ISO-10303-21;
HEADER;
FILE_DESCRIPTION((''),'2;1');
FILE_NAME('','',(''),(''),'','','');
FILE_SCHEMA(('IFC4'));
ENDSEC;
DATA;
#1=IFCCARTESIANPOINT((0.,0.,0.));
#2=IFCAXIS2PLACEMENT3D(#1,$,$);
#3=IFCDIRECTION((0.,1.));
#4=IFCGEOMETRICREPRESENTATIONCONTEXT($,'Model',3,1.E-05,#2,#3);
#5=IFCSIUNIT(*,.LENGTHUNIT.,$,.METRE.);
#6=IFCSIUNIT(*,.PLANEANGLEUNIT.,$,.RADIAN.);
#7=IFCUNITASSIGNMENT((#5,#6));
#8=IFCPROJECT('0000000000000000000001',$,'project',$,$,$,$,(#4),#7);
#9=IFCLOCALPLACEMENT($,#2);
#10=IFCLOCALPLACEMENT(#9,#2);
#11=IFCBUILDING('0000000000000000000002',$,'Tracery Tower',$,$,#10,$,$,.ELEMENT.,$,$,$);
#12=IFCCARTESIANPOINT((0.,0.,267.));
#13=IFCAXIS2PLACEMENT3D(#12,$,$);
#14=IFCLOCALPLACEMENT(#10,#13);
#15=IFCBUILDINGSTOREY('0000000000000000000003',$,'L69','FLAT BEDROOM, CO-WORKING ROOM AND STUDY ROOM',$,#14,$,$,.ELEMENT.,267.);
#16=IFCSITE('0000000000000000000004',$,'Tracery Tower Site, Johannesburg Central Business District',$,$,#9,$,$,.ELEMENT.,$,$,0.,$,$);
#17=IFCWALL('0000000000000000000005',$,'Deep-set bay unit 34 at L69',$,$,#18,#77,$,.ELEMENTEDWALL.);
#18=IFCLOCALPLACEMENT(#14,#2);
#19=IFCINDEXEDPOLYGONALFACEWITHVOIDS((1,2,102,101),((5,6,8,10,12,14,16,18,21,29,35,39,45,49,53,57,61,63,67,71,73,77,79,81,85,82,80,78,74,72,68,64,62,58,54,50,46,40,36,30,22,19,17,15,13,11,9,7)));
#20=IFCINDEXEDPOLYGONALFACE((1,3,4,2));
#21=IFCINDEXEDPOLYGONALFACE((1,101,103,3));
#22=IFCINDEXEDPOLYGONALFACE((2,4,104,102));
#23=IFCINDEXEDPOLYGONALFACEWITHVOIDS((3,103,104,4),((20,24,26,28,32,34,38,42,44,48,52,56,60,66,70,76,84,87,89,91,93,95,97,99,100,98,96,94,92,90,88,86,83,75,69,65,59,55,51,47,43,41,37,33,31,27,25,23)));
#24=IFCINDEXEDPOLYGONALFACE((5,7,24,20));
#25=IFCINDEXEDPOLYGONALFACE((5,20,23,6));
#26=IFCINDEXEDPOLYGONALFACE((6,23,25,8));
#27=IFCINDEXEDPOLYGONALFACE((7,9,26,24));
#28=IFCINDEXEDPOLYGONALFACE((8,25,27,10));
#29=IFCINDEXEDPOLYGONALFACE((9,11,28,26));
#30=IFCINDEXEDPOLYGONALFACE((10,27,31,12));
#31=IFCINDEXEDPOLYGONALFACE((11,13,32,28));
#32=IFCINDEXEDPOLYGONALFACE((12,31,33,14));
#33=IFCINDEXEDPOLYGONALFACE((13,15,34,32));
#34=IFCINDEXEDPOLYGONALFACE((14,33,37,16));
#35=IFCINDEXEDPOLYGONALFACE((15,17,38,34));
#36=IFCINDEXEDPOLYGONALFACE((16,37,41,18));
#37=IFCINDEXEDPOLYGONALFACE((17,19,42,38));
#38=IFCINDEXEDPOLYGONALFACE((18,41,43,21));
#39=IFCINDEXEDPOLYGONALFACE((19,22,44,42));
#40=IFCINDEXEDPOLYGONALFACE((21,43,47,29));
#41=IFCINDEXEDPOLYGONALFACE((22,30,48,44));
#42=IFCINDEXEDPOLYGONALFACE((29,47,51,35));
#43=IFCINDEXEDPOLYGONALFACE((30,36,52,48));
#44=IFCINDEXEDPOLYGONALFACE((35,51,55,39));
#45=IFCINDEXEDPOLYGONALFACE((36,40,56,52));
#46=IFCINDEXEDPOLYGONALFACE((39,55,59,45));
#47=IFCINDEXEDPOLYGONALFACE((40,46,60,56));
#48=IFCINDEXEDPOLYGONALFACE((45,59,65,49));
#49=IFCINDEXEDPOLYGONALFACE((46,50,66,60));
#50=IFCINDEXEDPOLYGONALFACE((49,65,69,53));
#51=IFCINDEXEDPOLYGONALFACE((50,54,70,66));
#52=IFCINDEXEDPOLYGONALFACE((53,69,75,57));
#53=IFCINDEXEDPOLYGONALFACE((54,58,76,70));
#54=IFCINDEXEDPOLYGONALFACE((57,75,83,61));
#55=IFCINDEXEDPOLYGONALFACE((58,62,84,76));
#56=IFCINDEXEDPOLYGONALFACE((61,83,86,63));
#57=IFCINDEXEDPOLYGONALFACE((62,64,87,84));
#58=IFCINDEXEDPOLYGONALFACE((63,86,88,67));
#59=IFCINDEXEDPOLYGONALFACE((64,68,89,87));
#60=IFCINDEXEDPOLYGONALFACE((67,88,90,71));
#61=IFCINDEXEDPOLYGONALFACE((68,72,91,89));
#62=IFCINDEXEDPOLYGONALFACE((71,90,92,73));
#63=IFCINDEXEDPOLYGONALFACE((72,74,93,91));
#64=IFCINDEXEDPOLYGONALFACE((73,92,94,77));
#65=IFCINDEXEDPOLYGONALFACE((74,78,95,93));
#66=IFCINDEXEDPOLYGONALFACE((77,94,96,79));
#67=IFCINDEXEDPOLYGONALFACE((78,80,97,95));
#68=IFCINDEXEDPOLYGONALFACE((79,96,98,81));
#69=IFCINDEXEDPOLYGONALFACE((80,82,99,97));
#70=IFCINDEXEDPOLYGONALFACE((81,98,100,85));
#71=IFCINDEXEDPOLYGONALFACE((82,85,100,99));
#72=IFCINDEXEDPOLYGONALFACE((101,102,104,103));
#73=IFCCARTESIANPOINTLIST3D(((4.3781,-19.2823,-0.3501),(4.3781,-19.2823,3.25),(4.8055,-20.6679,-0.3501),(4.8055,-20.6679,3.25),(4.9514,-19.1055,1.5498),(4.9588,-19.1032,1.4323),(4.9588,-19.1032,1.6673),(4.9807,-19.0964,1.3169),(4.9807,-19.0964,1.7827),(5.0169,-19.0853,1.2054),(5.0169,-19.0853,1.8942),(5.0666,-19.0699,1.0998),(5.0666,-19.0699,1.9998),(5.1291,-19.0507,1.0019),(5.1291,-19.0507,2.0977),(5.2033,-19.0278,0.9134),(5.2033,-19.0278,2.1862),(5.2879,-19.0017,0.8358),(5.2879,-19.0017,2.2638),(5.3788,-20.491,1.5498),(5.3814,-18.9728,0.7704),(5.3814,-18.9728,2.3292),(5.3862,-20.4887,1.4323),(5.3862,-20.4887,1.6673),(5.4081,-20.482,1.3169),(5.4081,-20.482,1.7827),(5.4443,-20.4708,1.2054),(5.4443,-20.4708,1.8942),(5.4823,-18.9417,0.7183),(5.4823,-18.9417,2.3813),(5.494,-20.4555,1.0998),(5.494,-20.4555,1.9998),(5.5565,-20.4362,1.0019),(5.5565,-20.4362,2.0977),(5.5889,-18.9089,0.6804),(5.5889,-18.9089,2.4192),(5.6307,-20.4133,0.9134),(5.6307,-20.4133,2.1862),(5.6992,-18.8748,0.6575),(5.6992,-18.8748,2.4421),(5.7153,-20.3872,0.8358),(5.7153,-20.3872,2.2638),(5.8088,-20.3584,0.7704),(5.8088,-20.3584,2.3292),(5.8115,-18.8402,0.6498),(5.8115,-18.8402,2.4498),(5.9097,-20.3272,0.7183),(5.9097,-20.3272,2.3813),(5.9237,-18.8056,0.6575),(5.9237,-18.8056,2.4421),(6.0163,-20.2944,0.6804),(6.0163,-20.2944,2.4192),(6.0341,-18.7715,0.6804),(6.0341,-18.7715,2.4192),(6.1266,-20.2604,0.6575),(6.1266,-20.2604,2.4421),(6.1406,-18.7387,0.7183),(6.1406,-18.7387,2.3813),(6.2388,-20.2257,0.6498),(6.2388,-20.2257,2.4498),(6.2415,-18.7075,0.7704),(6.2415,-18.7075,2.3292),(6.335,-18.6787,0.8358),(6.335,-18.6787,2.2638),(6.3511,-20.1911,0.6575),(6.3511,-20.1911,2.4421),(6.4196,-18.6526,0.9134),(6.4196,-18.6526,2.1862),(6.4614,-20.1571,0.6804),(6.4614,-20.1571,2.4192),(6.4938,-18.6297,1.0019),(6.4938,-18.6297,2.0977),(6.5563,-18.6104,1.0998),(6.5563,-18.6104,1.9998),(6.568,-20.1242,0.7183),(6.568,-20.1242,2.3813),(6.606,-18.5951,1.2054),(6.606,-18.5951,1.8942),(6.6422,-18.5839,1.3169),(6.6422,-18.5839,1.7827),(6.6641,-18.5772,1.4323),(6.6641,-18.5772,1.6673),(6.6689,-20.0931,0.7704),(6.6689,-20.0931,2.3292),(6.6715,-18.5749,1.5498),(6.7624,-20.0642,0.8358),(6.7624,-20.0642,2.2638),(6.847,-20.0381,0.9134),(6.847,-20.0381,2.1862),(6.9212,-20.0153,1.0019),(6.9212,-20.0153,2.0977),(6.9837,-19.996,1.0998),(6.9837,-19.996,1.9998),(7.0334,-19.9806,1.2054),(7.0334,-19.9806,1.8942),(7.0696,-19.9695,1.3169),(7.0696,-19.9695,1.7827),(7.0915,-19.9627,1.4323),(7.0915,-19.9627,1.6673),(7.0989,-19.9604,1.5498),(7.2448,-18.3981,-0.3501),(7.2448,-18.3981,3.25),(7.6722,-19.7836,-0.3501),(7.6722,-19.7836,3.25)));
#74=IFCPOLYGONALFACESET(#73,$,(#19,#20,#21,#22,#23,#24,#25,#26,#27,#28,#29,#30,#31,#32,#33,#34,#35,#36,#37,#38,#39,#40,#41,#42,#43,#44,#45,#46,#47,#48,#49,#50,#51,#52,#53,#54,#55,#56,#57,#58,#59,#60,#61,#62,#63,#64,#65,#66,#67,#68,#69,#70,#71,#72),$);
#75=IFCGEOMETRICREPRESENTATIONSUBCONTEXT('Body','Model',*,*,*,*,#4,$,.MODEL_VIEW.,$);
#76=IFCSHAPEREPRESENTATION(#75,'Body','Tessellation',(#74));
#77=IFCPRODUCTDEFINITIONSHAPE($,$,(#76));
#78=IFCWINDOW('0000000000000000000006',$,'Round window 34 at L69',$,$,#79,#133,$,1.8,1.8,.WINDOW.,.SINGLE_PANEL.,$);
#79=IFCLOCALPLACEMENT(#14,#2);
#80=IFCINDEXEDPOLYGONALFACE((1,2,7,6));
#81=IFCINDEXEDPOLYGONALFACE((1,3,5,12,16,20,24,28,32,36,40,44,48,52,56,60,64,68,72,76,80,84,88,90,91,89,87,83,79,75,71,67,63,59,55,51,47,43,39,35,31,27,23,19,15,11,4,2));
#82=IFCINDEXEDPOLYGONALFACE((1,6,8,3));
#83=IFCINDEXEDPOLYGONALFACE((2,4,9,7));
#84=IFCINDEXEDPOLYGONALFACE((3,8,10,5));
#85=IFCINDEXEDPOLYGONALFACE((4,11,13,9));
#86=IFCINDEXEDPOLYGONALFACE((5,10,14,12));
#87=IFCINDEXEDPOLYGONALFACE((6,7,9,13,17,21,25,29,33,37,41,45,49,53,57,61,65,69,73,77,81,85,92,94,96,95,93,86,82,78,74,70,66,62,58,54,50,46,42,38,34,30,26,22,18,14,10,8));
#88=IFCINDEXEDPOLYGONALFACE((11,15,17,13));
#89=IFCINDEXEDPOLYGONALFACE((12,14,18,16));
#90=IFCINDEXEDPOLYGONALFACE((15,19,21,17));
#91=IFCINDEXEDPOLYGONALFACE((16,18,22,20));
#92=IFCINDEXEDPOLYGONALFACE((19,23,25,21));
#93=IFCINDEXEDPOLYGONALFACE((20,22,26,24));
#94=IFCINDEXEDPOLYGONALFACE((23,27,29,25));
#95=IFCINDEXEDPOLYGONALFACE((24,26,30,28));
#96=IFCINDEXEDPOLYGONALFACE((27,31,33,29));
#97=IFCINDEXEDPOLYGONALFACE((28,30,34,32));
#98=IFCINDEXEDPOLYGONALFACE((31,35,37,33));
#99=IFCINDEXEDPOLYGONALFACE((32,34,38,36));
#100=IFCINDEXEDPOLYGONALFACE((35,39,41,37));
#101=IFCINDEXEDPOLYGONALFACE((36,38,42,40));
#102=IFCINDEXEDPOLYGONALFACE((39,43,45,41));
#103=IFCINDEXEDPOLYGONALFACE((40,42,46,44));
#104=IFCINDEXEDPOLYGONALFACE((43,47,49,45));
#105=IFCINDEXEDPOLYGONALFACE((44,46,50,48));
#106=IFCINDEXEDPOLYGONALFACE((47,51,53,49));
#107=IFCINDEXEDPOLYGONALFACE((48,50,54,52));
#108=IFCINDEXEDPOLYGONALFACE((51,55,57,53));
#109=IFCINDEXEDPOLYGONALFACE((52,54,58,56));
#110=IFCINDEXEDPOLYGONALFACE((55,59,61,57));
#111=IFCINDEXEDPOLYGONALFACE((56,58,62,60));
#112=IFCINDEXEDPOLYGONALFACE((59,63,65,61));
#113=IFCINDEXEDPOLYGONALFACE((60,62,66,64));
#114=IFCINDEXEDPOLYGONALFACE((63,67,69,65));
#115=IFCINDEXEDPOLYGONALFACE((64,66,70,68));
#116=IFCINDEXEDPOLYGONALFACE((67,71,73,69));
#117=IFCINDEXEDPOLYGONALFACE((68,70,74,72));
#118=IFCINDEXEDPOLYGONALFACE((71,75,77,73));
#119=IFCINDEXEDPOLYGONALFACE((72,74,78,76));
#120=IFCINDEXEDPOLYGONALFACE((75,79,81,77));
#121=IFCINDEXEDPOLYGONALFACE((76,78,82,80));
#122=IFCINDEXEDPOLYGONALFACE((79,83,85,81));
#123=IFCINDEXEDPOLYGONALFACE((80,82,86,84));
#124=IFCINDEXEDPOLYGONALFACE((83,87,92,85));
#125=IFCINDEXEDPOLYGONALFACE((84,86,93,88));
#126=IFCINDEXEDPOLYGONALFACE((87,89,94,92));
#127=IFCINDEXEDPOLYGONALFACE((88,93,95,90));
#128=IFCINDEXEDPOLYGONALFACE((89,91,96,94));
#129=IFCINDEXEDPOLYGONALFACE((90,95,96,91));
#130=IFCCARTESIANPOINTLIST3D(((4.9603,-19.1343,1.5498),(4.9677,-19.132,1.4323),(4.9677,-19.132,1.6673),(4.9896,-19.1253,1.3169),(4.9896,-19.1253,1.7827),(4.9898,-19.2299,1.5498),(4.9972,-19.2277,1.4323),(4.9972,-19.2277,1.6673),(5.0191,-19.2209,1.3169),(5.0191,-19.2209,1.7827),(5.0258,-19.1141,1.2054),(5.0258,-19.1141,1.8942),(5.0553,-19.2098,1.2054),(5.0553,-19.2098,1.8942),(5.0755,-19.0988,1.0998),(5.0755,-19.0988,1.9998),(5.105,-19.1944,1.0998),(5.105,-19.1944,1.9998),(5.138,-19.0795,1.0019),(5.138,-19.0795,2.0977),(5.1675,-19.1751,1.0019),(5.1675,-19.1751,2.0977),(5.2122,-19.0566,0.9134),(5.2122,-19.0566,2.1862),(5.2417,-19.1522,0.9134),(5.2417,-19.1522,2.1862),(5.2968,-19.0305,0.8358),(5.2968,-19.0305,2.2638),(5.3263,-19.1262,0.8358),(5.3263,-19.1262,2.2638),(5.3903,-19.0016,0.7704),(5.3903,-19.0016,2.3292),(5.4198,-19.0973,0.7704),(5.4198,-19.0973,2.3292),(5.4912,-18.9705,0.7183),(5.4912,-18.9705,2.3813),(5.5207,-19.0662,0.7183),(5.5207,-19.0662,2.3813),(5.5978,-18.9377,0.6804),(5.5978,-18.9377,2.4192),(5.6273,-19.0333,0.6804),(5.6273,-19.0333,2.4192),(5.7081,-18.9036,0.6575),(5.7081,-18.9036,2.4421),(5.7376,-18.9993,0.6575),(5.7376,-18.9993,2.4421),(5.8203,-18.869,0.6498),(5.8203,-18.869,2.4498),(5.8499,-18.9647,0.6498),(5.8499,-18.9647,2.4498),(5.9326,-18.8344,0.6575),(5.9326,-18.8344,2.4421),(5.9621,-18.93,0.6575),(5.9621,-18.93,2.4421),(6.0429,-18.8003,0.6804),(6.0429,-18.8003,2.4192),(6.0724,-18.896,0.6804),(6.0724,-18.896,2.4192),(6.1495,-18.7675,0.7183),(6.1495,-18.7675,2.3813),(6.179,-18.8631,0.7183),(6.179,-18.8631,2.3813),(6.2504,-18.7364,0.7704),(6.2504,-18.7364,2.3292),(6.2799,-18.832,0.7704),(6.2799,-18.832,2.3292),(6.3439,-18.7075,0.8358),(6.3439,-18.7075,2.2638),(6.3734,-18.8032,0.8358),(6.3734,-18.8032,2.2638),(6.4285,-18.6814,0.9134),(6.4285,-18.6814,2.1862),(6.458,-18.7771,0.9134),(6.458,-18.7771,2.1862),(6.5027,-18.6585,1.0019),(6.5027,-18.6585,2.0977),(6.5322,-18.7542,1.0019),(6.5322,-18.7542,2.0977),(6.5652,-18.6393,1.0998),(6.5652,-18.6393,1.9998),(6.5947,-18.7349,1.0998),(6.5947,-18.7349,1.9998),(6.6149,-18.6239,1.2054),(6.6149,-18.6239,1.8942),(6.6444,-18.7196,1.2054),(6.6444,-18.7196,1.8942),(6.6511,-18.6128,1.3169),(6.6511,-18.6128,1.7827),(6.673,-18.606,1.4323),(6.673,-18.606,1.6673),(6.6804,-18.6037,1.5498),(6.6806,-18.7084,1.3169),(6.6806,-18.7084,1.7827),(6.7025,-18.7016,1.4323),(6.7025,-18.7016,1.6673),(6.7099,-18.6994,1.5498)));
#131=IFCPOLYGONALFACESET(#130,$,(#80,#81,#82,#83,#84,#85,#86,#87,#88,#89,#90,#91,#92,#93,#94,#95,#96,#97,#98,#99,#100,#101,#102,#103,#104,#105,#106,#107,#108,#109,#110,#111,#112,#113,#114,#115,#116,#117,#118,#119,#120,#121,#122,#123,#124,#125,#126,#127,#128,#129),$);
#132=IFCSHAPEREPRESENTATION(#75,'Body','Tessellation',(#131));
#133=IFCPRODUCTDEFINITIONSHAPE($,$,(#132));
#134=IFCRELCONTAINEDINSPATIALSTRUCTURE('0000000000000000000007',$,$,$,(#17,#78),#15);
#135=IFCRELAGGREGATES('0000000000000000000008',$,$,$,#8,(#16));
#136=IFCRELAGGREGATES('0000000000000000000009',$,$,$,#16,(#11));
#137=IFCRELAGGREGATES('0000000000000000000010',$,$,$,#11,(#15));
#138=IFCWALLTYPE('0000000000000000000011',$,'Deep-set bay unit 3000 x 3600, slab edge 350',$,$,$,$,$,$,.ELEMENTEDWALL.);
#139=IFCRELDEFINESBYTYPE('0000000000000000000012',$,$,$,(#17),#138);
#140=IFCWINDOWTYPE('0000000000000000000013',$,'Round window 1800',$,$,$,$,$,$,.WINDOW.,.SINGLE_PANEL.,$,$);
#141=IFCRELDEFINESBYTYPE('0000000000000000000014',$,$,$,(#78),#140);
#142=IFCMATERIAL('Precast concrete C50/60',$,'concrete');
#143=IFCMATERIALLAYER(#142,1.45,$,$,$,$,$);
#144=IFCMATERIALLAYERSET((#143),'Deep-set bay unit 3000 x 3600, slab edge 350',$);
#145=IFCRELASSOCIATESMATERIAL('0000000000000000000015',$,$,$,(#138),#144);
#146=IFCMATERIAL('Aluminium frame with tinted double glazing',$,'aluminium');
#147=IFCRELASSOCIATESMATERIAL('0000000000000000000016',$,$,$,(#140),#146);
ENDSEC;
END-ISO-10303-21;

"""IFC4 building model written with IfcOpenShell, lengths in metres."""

from ifc_helpers import new_model, si_unit, direction, frame, frame_2d, origin, origin_2d, place, context, subcontext, project, spatial, rectangle, circle, extrude, material, layer, layer_set, type_object, element, fill, save


model = new_model("IFC4")

# Units and contexts
model_context = context("Model", 3, precision=1e-05, world=origin(), true_north=direction((0.0, 1.0)))
body_context = subcontext(model_context, "Body", "Model", "MODEL_VIEW")
ifc_project = project(units=[si_unit("LENGTHUNIT", "METRE"), si_unit("PLANEANGLEUNIT", "RADIAN")], contexts=[model_context])

# Site, building, storey
site_placement = place(None, origin())
site = spatial("IfcSite", under=ifc_project, at=site_placement, Name="Tracery Tower Site, Johannesburg Central Business District", CompositionType="ELEMENT", RefElevation=0.0)
building_placement = place(site_placement, origin())
building = spatial("IfcBuilding", under=site, at=building_placement, Name="Tracery Tower", CompositionType="ELEMENT")
storey_placement = place(building_placement, frame((0.0, 0.0, 267.0)))
storey = spatial("IfcBuildingStorey", under=building, at=storey_placement, Name="L69", Description="FLAT BEDROOM, CO-WORKING ROOM AND STUDY ROOM", CompositionType="ELEMENT", Elevation=267.0)

# Wall, opening, window
ifc_material_1 = material(Name="Precast concrete C50/60", Category="concrete")
ifc_layer_1 = layer(ifc_material_1, 1.45)
ifc_layer_set_1 = layer_set([ifc_layer_1], Name="Deep-set bay unit 3000 x 3600, slab edge 350")
wall_type_1 = type_object("IfcWallType", Name="Deep-set bay unit 3000 x 3600, slab edge 350", PredefinedType="ELEMENTEDWALL", material=ifc_layer_set_1)
wall_1_placement = place(storey_placement, frame((4.5918, -19.9751, -0.3501), z_axis=(0.0, 0.0, 1.0), x_axis=(0.955571, 0.294761, 0.0)))
wall_1 = element("IfcWall", 1, at=wall_1_placement, inside=storey, type_object=wall_type_1, Name="Deep-set bay unit 34 at L69", PredefinedType="ELEMENTEDWALL", context=body_context, shape_type="SweptSolid", body=[
    extrude(rectangle(XDim=3.0, YDim=1.45, at=frame_2d((1.5, 0.0))), origin(), (0.0, 0.0, 1.0), 3.6001),
])
opening_1_placement = place(wall_1_placement, frame((1.5, 0.0, 1.8999)))
opening_1 = element("IfcOpeningElement", 2, at=opening_1_placement, cuts=wall_1, PredefinedType="OPENING", context=body_context, shape_type="SweptSolid", body=[
    extrude(circle(Radius=0.9, at=origin_2d()), frame((0.0, 0.7349, 0.0), z_axis=(0.0, -1.0, 0.0), x_axis=(1.0, 0.0, 0.0)), (0.0, 0.0, 1.0), 1.47),
])
ifc_material_2 = material(Name="Aluminium frame with tinted double glazing", Category="aluminium")
window_type = type_object("IfcWindowType", Name="Round window 1800", PartitioningType="SINGLE_PANEL", PredefinedType="WINDOW", material=ifc_material_2)
window_1_placement = place(opening_1_placement, origin())
window_1 = element("IfcWindow", 3, at=window_1_placement, inside=storey, type_object=window_type, Name="Round window 34 at L69", OverallHeight=1.8, OverallWidth=1.8, PartitioningType="SINGLE_PANEL", PredefinedType="WINDOW", context=body_context, shape_type="SweptSolid", body=[
    extrude(circle(Radius=0.9, at=origin_2d()), frame((0.0, 0.6948, 0.0), z_axis=(0.0, -1.0, 0.0), x_axis=(1.0, 0.0, 0.0)), (0.0, 0.0, 1.0), 0.1001),
])
fill(opening_1, window_1)

save(model, "model.ifc")
